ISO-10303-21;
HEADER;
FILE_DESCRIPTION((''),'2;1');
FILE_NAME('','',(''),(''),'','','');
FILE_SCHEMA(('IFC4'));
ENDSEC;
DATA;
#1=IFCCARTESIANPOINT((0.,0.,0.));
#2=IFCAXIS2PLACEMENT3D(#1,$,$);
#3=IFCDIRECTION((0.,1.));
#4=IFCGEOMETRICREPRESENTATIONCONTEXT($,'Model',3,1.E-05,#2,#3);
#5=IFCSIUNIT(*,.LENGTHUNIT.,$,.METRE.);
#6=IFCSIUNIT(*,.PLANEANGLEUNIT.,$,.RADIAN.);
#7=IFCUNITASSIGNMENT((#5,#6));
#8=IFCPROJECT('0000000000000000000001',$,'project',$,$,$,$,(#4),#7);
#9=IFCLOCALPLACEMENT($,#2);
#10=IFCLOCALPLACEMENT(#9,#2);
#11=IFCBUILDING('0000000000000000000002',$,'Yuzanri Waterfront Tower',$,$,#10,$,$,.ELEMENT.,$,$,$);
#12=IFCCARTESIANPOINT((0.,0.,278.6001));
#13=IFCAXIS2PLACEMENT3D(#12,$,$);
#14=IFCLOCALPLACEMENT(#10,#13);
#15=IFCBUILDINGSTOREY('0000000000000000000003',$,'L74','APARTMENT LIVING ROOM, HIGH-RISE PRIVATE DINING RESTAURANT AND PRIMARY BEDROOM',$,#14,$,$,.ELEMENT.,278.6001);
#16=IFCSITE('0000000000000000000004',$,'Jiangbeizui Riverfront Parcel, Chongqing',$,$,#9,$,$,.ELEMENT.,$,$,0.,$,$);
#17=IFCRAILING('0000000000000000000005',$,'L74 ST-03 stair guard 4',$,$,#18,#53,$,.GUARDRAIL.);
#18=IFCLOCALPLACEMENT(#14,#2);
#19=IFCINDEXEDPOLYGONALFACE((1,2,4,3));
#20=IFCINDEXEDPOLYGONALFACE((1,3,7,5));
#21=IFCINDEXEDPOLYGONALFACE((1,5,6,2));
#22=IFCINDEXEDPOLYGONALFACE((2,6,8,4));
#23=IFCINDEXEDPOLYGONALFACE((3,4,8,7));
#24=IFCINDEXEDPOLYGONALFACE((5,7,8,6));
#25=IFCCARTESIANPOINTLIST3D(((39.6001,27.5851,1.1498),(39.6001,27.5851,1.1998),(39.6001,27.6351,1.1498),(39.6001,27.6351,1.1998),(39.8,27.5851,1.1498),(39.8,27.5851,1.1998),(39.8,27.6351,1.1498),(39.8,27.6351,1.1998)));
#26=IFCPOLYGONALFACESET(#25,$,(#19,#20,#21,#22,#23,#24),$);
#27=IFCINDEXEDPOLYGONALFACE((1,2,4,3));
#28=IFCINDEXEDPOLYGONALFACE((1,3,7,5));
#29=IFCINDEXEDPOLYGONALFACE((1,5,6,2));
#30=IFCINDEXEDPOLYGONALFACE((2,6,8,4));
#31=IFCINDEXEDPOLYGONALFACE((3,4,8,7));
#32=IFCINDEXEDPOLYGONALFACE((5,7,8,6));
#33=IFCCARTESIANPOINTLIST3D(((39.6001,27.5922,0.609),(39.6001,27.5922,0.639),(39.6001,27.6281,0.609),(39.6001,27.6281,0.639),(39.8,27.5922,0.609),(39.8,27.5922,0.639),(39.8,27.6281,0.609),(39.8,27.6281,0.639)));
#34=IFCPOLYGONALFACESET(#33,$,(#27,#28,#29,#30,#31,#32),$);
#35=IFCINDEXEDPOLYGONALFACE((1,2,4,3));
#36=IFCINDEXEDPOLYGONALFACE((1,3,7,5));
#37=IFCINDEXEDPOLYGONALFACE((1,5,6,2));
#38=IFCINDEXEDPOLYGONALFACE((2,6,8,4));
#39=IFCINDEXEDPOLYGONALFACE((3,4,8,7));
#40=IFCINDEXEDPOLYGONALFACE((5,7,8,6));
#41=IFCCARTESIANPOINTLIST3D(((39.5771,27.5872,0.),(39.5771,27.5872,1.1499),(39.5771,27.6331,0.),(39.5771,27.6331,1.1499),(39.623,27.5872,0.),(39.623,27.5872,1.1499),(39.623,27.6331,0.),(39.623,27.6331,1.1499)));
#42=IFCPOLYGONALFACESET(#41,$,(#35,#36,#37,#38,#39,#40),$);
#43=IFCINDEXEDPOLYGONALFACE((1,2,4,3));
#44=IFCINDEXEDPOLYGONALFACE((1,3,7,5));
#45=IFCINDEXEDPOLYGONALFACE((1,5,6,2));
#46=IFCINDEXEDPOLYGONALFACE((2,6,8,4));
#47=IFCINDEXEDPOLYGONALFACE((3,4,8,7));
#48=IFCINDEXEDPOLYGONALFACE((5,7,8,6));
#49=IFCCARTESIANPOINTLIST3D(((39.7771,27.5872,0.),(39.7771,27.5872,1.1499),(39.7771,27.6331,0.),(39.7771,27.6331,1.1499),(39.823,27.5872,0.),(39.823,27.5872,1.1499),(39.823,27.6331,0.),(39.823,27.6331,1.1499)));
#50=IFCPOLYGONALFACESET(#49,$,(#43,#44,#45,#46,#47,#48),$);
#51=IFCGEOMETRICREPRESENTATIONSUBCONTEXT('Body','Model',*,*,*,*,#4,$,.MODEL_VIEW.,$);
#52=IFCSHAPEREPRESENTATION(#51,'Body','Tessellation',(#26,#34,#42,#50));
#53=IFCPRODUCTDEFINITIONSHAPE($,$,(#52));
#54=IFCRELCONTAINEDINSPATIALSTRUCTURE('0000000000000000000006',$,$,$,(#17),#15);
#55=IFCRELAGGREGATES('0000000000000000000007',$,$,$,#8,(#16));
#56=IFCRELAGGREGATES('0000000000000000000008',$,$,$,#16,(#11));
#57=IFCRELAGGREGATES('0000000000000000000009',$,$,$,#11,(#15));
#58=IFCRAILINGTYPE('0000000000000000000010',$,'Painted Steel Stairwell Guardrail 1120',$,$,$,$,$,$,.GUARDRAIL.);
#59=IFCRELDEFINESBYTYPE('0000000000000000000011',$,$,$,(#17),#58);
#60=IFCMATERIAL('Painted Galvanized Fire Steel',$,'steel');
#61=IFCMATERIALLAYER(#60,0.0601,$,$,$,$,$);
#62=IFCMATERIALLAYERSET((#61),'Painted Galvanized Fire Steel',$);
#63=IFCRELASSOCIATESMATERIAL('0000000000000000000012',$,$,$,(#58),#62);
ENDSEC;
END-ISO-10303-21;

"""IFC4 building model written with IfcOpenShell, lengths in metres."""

from ifc_helpers import new_model, si_unit, direction, frame, origin, origin_2d, place, context, subcontext, project, spatial, rectangle, extrude, source, transform, mapped, material, layer, layer_set, type_object, element, save


model = new_model("IFC4")

# Units and contexts
model_context = context("Model", 3, precision=1e-05, world=origin(), true_north=direction((0.0, 1.0)))
body_context = subcontext(model_context, "Body", "Model", "MODEL_VIEW")
ifc_project = project(units=[si_unit("LENGTHUNIT", "METRE"), si_unit("PLANEANGLEUNIT", "RADIAN")], contexts=[model_context])

# Site, building, storey
site_placement = place(None, origin())
site = spatial("IfcSite", under=ifc_project, at=site_placement, Name="Jiangbeizui Riverfront Parcel, Chongqing", CompositionType="ELEMENT", RefElevation=0.0)
building_placement = place(site_placement, origin())
building = spatial("IfcBuilding", under=site, at=building_placement, Name="Yuzanri Waterfront Tower", CompositionType="ELEMENT")
storey_placement = place(building_placement, frame((0.0, 0.0, 278.6001)))
storey = spatial("IfcBuildingStorey", under=building, at=storey_placement, Name="L74", Description="APARTMENT LIVING ROOM, HIGH-RISE PRIVATE DINING RESTAURANT AND PRIMARY BEDROOM", CompositionType="ELEMENT", Elevation=278.6001)

# Railing
ifc_material_1 = material(Name="Painted Galvanized Fire Steel", Category="steel")
ifc_layer_1 = layer(ifc_material_1, 0.0601)
ifc_layer_set_1 = layer_set([ifc_layer_1], Name="Painted Galvanized Fire Steel")
railing_type_1 = type_object("IfcRailingType", Name="Painted Steel Stairwell Guardrail 1120", PredefinedType="GUARDRAIL", material=ifc_layer_set_1)
shared_shape_1 = source(origin(), body_context, "Body", "SweptSolid", [
    extrude(rectangle(XDim=0.05, YDim=0.05, at=origin_2d()), frame((0.0, 0.0, 1.1748), z_axis=(1.0, 0.0, 0.0), x_axis=(0.0, 1.0, 0.0)), (0.0, 0.0, 1.0), 0.2),
    extrude(rectangle(XDim=0.0359, YDim=0.03, at=origin_2d()), frame((0.0, 0.0, 0.624), z_axis=(1.0, 0.0, 0.0), x_axis=(0.0, 1.0, 0.0)), (0.0, 0.0, 1.0), 0.2),
    extrude(rectangle(XDim=0.0459, YDim=0.0459, at=origin_2d()), origin(), (0.0, 0.0, 1.0), 1.1499),
    extrude(rectangle(XDim=0.0459, YDim=0.0459, at=origin_2d()), frame((0.2, 0.0, 0.0)), (0.0, 0.0, 1.0), 1.1499),
])
for number, where, name in (
    (1, (39.6001, 27.6101, 0.0), "L74 ST-03 stair guard 4"),
):
    element("IfcRailing", number, at=place(storey_placement, frame(where)), inside=storey, type_object=railing_type_1, Name=name, PredefinedType="GUARDRAIL", context=body_context, shape_type="MappedRepresentation", body=[
        mapped(shared_shape_1, transform((0.0, 0.0, 0.0), scale=1.0)),
    ])

save(model, "model.ifc")
